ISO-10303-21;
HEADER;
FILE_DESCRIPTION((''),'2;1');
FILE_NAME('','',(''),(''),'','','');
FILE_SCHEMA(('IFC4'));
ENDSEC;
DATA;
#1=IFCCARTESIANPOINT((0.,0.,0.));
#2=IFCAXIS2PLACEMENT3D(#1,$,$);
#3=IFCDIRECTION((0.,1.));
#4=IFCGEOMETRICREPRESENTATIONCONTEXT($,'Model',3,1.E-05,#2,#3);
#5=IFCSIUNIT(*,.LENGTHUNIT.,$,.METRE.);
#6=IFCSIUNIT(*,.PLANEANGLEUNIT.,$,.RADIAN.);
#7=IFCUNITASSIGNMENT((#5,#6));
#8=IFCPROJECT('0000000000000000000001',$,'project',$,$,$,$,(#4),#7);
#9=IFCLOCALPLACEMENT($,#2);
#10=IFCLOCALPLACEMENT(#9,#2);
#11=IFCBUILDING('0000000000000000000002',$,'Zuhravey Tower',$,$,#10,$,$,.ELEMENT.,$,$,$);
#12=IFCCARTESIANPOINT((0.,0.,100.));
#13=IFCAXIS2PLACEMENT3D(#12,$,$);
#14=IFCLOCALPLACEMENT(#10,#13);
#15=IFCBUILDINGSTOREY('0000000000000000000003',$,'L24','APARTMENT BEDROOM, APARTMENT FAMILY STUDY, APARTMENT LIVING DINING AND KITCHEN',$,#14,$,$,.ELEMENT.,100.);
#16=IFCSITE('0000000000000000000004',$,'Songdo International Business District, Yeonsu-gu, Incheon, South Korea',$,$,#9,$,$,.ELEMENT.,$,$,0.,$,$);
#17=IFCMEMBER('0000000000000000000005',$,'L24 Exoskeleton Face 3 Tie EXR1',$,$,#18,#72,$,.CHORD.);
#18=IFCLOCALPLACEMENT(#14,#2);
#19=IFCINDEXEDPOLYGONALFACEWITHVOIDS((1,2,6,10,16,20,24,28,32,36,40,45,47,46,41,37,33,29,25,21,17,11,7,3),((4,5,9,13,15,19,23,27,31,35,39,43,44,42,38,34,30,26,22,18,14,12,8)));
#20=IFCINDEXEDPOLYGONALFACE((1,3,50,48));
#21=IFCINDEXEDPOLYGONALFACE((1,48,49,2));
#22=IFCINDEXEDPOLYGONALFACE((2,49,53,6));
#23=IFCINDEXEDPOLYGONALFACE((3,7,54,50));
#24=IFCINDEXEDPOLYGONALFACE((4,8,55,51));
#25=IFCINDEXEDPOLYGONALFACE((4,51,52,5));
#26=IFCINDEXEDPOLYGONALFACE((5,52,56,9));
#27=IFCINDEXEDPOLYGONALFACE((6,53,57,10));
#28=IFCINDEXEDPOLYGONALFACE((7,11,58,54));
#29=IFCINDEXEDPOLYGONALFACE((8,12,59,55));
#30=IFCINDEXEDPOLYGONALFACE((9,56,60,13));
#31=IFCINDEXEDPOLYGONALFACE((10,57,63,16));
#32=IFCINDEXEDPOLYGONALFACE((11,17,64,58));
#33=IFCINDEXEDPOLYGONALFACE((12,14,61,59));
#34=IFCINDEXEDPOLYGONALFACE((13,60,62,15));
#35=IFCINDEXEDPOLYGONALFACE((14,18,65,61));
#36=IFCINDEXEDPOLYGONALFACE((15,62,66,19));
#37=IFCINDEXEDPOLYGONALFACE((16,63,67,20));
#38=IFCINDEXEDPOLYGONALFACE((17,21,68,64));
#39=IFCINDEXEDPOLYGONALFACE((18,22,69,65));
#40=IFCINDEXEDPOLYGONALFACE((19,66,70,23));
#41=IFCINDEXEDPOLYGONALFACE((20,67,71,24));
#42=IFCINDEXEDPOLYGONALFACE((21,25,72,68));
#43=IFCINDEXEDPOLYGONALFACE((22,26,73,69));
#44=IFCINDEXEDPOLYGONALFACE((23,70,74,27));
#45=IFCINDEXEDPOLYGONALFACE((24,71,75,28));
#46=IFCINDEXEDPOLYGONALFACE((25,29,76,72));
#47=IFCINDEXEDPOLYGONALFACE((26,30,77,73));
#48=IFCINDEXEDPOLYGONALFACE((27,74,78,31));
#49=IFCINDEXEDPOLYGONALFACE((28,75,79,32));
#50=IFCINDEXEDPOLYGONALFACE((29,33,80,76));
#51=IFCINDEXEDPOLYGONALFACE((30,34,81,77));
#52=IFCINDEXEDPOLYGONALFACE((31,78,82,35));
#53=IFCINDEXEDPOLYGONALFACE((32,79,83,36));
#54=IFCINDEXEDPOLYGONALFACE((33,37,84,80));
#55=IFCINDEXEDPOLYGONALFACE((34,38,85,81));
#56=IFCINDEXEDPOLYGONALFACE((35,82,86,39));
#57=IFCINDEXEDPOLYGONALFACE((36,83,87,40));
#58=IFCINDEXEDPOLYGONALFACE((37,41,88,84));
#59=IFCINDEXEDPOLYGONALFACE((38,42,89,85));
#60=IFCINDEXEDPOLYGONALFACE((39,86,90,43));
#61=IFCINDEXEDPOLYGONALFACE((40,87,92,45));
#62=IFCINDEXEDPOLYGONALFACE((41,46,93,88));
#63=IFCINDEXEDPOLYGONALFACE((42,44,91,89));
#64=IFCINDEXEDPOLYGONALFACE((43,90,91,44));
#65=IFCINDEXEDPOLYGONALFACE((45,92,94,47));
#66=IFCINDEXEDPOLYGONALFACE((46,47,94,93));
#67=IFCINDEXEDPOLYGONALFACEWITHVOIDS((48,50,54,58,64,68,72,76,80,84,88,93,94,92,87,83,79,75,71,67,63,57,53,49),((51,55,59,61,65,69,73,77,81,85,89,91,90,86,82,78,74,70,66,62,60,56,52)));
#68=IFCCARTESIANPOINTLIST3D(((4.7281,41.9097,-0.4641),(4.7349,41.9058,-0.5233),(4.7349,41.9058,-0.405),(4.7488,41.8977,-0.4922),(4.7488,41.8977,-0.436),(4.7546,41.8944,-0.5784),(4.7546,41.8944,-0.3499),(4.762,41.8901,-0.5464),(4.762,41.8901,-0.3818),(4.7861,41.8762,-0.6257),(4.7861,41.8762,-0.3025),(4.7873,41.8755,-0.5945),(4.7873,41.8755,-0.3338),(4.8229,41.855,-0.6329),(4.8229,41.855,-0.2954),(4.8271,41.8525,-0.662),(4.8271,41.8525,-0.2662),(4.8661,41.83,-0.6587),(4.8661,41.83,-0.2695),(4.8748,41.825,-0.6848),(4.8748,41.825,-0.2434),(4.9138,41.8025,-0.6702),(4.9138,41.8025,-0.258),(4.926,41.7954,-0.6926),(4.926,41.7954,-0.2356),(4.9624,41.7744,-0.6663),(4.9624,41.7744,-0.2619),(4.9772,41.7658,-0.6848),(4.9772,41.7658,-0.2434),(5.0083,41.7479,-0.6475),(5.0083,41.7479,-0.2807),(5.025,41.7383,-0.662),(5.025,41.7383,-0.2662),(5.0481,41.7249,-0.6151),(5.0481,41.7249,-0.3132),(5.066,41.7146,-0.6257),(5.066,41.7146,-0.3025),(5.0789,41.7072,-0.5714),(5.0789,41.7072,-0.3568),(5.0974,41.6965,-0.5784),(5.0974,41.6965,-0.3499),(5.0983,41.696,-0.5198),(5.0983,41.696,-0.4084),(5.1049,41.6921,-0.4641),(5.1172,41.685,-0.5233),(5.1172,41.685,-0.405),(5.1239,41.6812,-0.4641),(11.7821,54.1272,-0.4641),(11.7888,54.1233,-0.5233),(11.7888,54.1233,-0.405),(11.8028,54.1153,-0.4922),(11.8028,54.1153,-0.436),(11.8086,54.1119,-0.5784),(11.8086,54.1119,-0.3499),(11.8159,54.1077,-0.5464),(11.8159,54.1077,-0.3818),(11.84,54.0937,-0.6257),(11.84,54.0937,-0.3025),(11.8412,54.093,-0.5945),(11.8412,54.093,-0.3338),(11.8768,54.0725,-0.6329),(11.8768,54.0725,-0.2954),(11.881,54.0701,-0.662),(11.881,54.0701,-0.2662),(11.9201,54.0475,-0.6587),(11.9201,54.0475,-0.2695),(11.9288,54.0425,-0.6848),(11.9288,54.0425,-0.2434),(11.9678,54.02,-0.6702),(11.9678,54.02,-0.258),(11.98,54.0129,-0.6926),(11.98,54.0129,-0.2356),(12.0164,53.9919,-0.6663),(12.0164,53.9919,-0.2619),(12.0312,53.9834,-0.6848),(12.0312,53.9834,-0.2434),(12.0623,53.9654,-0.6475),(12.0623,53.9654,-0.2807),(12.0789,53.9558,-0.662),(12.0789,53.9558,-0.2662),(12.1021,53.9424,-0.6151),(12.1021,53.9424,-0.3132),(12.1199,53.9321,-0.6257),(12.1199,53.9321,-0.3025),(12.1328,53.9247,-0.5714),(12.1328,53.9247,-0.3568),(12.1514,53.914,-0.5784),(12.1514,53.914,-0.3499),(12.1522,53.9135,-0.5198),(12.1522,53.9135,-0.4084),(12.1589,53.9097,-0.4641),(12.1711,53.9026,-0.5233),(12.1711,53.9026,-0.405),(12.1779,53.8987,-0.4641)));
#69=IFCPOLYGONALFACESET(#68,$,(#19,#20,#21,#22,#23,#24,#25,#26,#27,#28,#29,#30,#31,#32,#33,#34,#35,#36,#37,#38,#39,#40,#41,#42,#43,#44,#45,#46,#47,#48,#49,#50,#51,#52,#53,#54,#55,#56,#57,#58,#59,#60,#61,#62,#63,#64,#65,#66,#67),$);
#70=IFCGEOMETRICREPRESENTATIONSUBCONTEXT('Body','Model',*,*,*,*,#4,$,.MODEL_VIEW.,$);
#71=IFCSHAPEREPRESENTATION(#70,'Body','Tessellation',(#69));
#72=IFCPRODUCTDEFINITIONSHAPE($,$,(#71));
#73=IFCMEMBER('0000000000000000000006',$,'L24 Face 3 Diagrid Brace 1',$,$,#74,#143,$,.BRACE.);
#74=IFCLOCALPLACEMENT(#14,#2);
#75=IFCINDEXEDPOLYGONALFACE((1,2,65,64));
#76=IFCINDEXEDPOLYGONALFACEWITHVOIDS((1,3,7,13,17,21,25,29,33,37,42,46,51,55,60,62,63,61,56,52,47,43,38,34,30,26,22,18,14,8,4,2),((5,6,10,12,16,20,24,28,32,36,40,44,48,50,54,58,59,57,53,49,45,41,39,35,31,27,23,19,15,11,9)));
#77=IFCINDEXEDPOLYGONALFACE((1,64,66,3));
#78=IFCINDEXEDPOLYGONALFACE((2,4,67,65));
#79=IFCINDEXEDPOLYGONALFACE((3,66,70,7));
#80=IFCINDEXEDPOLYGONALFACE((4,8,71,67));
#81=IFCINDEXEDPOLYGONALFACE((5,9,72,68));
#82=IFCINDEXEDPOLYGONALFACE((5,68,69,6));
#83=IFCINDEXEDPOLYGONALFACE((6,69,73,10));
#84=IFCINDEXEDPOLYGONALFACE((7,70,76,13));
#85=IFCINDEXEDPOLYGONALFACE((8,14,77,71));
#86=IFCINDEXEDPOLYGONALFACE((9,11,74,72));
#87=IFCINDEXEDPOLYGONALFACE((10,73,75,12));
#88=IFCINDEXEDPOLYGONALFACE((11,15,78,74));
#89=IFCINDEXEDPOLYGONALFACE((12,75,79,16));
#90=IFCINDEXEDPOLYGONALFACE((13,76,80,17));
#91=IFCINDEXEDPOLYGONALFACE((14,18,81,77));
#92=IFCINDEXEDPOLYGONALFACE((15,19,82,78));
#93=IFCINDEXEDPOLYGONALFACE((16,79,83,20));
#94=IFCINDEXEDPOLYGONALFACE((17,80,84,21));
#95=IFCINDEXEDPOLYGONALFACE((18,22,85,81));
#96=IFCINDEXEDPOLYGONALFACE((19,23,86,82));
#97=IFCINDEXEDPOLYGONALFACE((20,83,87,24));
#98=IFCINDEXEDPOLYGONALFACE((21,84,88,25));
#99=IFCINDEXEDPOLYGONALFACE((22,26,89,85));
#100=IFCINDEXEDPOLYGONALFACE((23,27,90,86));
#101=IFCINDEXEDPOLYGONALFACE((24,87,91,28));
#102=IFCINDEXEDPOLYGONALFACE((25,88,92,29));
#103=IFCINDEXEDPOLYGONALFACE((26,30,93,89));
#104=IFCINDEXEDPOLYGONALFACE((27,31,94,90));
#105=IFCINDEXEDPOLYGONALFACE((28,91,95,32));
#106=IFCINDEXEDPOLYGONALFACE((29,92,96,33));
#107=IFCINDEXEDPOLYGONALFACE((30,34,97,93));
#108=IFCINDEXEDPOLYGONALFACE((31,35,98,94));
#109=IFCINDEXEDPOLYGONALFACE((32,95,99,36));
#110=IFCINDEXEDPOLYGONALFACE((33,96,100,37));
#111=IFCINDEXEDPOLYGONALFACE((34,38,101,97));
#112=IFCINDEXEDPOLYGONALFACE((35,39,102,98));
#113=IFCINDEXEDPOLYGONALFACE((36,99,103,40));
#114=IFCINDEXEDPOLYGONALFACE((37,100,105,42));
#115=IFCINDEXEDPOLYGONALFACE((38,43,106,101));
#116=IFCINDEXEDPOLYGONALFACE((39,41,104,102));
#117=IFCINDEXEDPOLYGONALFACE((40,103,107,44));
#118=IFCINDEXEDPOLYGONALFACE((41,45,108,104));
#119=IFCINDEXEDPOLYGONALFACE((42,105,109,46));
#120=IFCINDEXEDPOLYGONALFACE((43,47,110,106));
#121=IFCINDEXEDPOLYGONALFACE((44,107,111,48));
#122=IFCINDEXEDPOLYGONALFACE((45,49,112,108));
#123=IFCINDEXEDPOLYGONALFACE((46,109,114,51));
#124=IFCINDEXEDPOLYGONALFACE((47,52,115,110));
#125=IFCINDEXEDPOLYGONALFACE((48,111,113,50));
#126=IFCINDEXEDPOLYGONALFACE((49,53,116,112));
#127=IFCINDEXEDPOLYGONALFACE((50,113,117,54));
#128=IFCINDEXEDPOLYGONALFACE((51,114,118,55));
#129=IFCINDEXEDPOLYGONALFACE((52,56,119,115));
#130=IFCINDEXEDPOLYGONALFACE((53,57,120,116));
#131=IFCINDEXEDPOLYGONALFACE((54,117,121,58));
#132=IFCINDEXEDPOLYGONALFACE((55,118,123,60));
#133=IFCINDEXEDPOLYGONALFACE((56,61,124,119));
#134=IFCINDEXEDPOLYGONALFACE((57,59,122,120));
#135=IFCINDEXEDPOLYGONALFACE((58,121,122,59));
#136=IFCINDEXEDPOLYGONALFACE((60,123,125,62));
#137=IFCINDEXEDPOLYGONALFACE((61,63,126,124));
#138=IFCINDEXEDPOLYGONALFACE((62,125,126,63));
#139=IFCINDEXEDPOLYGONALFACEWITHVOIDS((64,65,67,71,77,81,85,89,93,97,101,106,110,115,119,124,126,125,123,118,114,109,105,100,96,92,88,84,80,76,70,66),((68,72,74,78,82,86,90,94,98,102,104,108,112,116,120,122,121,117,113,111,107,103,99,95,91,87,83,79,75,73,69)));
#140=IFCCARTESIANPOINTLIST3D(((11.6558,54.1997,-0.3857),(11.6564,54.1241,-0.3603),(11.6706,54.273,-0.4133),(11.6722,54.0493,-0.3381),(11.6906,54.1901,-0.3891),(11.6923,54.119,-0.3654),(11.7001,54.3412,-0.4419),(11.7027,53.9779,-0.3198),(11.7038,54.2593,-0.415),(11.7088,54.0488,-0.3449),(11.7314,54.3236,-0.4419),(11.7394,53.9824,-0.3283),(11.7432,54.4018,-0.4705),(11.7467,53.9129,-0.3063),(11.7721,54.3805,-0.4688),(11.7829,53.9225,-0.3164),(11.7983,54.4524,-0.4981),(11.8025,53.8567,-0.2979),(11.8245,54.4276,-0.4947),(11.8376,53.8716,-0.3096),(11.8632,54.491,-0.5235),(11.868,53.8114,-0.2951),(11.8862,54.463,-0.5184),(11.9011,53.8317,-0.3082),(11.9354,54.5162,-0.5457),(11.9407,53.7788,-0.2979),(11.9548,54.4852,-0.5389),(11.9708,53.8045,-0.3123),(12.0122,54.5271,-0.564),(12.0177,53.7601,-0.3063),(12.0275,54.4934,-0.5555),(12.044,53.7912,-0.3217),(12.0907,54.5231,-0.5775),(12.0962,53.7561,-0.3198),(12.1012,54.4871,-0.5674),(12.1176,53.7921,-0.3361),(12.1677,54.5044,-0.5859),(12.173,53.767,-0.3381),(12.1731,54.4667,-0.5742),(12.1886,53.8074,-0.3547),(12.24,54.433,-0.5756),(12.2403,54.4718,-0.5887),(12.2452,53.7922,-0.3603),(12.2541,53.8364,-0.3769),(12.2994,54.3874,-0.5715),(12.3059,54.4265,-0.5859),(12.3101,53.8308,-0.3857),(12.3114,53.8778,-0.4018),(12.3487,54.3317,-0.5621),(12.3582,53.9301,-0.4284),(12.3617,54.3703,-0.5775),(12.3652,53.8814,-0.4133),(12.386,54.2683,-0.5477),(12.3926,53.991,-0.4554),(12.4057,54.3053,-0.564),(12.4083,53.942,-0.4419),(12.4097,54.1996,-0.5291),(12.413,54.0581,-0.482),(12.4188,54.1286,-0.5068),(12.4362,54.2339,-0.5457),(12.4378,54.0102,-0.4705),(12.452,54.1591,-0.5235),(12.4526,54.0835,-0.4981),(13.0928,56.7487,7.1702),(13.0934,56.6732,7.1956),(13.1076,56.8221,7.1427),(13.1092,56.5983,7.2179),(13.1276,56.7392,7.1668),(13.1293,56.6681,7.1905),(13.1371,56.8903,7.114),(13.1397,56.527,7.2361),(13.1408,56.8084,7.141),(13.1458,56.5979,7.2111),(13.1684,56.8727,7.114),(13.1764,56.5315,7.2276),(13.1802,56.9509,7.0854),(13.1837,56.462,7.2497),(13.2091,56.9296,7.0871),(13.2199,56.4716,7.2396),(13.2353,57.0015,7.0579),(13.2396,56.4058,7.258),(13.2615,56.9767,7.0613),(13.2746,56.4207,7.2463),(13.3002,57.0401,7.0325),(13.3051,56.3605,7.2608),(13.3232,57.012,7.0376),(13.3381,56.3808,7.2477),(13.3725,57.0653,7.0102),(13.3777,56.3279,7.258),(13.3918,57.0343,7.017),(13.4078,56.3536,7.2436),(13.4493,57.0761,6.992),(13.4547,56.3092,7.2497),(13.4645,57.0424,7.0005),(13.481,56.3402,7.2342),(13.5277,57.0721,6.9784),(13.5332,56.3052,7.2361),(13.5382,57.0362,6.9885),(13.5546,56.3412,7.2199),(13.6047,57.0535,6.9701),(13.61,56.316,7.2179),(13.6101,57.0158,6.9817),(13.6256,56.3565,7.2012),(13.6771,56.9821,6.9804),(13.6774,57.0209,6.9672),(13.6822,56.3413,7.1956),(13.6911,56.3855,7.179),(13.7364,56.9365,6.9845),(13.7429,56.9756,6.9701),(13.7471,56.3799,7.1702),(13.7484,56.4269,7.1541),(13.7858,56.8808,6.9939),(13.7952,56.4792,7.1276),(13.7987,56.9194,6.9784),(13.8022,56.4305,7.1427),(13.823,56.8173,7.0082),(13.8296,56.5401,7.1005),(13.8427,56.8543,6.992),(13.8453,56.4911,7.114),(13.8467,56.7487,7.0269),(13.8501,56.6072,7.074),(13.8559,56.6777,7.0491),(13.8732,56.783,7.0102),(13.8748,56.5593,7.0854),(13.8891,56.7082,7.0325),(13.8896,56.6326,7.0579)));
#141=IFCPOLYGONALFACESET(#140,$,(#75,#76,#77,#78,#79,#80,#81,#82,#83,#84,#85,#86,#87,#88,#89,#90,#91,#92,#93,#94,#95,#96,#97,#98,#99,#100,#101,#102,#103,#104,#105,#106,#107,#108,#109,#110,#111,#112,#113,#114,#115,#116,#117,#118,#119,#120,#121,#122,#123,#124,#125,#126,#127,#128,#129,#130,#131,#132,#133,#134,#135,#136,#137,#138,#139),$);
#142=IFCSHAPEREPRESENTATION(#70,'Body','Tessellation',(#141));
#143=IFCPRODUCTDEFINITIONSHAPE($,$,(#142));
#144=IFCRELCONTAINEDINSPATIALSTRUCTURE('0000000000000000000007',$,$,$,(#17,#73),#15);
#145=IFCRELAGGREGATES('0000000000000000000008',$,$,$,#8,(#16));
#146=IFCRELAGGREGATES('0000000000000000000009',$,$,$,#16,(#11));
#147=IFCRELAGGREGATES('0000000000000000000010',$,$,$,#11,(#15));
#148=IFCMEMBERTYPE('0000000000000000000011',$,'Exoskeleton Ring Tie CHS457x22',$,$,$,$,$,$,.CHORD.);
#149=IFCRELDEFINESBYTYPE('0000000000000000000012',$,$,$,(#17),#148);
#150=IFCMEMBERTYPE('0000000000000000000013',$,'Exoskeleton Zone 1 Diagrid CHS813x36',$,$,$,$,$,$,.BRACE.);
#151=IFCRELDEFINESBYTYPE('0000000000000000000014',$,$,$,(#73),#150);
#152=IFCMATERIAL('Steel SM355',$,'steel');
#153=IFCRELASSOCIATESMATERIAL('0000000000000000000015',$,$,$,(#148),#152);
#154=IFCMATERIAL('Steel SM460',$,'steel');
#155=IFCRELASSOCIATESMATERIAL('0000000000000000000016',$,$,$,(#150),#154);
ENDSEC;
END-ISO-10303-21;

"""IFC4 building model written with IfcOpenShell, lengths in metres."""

from ifc_helpers import new_model, si_unit, direction, frame, origin, origin_2d, place, context, subcontext, project, spatial, hollow_circle, extrude, material, material_profile, profile_set, type_object, element, save


model = new_model("IFC4")

# Units and contexts
model_context = context("Model", 3, precision=1e-05, world=origin(), true_north=direction((0.0, 1.0)))
body_context = subcontext(model_context, "Body", "Model", "MODEL_VIEW")
ifc_project = project(units=[si_unit("LENGTHUNIT", "METRE"), si_unit("PLANEANGLEUNIT", "RADIAN")], contexts=[model_context])

# Site, building, storey
site_placement = place(None, origin())
site = spatial("IfcSite", under=ifc_project, at=site_placement, Name="Songdo International Business District, Yeonsu-gu, Incheon, South Korea", CompositionType="ELEMENT", RefElevation=0.0)
building_placement = place(site_placement, origin())
building = spatial("IfcBuilding", under=site, at=building_placement, Name="Zuhravey Tower", CompositionType="ELEMENT")
storey_placement = place(building_placement, frame((0.0, 0.0, 100.0)))
storey = spatial("IfcBuildingStorey", under=building, at=storey_placement, Name="L24", Description="APARTMENT BEDROOM, APARTMENT FAMILY STUDY, APARTMENT LIVING DINING AND KITCHEN", CompositionType="ELEMENT", Elevation=100.0)

# Members
ifc_material_1 = material(Name="Steel SM355", Category="steel")
ifc_material_profile_1 = material_profile(ifc_material_1, hollow_circle(Radius=0.2285, WallThickness=0.022, at=origin_2d()), Name="CHS-457.2x22")
ifc_profile_set_1 = profile_set([ifc_material_profile_1], Name="Steel SM355")
member_type_1 = type_object("IfcMemberType", Name="Exoskeleton Ring Tie CHS457x22", PredefinedType="CHORD", material=ifc_profile_set_1)
member_1_placement = place(storey_placement, frame((11.98, 54.0129, -0.4641), z_axis=(-0.500009, -0.86602, 0.0), x_axis=(0.86602, -0.500009, 0.0)))
element("IfcMember", 1, at=member_1_placement, inside=storey, type_object=member_type_1, Name="L24 Exoskeleton Face 3 Tie EXR1", PredefinedType="CHORD", context=body_context, shape_type="SweptSolid", body=[
    extrude(hollow_circle(Radius=0.2285, WallThickness=0.022, at=origin_2d()), origin(), (0.0, 0.0, 1.0), 14.1077),
])
ifc_material_2 = material(Name="Steel SM460", Category="steel")
ifc_material_profile_2 = material_profile(ifc_material_2, hollow_circle(Radius=0.4065, WallThickness=0.0359, at=origin_2d()), Name="CHS-812.8x36")
ifc_profile_set_2 = profile_set([ifc_material_profile_2], Name="Steel SM460")
member_type_2 = type_object("IfcMemberType", Name="Exoskeleton Zone 1 Diagrid CHS813x36", PredefinedType="BRACE", material=ifc_profile_set_2)
member_2_placement = place(storey_placement, frame((12.0542, 54.1416, -0.4419), z_axis=(0.177349, 0.314594, 0.932512), x_axis=(-0.871114, 0.491081, 0.0)))
element("IfcMember", 2, at=member_2_placement, inside=storey, type_object=member_type_2, Name="L24 Face 3 Diagrid Brace 1", PredefinedType="BRACE", context=body_context, shape_type="SweptSolid", body=[
    extrude(hollow_circle(Radius=0.4065, WallThickness=0.0359, at=origin_2d()), origin(), (0.0, 0.0, 1.0), 8.1028),
])

save(model, "model.ifc")
